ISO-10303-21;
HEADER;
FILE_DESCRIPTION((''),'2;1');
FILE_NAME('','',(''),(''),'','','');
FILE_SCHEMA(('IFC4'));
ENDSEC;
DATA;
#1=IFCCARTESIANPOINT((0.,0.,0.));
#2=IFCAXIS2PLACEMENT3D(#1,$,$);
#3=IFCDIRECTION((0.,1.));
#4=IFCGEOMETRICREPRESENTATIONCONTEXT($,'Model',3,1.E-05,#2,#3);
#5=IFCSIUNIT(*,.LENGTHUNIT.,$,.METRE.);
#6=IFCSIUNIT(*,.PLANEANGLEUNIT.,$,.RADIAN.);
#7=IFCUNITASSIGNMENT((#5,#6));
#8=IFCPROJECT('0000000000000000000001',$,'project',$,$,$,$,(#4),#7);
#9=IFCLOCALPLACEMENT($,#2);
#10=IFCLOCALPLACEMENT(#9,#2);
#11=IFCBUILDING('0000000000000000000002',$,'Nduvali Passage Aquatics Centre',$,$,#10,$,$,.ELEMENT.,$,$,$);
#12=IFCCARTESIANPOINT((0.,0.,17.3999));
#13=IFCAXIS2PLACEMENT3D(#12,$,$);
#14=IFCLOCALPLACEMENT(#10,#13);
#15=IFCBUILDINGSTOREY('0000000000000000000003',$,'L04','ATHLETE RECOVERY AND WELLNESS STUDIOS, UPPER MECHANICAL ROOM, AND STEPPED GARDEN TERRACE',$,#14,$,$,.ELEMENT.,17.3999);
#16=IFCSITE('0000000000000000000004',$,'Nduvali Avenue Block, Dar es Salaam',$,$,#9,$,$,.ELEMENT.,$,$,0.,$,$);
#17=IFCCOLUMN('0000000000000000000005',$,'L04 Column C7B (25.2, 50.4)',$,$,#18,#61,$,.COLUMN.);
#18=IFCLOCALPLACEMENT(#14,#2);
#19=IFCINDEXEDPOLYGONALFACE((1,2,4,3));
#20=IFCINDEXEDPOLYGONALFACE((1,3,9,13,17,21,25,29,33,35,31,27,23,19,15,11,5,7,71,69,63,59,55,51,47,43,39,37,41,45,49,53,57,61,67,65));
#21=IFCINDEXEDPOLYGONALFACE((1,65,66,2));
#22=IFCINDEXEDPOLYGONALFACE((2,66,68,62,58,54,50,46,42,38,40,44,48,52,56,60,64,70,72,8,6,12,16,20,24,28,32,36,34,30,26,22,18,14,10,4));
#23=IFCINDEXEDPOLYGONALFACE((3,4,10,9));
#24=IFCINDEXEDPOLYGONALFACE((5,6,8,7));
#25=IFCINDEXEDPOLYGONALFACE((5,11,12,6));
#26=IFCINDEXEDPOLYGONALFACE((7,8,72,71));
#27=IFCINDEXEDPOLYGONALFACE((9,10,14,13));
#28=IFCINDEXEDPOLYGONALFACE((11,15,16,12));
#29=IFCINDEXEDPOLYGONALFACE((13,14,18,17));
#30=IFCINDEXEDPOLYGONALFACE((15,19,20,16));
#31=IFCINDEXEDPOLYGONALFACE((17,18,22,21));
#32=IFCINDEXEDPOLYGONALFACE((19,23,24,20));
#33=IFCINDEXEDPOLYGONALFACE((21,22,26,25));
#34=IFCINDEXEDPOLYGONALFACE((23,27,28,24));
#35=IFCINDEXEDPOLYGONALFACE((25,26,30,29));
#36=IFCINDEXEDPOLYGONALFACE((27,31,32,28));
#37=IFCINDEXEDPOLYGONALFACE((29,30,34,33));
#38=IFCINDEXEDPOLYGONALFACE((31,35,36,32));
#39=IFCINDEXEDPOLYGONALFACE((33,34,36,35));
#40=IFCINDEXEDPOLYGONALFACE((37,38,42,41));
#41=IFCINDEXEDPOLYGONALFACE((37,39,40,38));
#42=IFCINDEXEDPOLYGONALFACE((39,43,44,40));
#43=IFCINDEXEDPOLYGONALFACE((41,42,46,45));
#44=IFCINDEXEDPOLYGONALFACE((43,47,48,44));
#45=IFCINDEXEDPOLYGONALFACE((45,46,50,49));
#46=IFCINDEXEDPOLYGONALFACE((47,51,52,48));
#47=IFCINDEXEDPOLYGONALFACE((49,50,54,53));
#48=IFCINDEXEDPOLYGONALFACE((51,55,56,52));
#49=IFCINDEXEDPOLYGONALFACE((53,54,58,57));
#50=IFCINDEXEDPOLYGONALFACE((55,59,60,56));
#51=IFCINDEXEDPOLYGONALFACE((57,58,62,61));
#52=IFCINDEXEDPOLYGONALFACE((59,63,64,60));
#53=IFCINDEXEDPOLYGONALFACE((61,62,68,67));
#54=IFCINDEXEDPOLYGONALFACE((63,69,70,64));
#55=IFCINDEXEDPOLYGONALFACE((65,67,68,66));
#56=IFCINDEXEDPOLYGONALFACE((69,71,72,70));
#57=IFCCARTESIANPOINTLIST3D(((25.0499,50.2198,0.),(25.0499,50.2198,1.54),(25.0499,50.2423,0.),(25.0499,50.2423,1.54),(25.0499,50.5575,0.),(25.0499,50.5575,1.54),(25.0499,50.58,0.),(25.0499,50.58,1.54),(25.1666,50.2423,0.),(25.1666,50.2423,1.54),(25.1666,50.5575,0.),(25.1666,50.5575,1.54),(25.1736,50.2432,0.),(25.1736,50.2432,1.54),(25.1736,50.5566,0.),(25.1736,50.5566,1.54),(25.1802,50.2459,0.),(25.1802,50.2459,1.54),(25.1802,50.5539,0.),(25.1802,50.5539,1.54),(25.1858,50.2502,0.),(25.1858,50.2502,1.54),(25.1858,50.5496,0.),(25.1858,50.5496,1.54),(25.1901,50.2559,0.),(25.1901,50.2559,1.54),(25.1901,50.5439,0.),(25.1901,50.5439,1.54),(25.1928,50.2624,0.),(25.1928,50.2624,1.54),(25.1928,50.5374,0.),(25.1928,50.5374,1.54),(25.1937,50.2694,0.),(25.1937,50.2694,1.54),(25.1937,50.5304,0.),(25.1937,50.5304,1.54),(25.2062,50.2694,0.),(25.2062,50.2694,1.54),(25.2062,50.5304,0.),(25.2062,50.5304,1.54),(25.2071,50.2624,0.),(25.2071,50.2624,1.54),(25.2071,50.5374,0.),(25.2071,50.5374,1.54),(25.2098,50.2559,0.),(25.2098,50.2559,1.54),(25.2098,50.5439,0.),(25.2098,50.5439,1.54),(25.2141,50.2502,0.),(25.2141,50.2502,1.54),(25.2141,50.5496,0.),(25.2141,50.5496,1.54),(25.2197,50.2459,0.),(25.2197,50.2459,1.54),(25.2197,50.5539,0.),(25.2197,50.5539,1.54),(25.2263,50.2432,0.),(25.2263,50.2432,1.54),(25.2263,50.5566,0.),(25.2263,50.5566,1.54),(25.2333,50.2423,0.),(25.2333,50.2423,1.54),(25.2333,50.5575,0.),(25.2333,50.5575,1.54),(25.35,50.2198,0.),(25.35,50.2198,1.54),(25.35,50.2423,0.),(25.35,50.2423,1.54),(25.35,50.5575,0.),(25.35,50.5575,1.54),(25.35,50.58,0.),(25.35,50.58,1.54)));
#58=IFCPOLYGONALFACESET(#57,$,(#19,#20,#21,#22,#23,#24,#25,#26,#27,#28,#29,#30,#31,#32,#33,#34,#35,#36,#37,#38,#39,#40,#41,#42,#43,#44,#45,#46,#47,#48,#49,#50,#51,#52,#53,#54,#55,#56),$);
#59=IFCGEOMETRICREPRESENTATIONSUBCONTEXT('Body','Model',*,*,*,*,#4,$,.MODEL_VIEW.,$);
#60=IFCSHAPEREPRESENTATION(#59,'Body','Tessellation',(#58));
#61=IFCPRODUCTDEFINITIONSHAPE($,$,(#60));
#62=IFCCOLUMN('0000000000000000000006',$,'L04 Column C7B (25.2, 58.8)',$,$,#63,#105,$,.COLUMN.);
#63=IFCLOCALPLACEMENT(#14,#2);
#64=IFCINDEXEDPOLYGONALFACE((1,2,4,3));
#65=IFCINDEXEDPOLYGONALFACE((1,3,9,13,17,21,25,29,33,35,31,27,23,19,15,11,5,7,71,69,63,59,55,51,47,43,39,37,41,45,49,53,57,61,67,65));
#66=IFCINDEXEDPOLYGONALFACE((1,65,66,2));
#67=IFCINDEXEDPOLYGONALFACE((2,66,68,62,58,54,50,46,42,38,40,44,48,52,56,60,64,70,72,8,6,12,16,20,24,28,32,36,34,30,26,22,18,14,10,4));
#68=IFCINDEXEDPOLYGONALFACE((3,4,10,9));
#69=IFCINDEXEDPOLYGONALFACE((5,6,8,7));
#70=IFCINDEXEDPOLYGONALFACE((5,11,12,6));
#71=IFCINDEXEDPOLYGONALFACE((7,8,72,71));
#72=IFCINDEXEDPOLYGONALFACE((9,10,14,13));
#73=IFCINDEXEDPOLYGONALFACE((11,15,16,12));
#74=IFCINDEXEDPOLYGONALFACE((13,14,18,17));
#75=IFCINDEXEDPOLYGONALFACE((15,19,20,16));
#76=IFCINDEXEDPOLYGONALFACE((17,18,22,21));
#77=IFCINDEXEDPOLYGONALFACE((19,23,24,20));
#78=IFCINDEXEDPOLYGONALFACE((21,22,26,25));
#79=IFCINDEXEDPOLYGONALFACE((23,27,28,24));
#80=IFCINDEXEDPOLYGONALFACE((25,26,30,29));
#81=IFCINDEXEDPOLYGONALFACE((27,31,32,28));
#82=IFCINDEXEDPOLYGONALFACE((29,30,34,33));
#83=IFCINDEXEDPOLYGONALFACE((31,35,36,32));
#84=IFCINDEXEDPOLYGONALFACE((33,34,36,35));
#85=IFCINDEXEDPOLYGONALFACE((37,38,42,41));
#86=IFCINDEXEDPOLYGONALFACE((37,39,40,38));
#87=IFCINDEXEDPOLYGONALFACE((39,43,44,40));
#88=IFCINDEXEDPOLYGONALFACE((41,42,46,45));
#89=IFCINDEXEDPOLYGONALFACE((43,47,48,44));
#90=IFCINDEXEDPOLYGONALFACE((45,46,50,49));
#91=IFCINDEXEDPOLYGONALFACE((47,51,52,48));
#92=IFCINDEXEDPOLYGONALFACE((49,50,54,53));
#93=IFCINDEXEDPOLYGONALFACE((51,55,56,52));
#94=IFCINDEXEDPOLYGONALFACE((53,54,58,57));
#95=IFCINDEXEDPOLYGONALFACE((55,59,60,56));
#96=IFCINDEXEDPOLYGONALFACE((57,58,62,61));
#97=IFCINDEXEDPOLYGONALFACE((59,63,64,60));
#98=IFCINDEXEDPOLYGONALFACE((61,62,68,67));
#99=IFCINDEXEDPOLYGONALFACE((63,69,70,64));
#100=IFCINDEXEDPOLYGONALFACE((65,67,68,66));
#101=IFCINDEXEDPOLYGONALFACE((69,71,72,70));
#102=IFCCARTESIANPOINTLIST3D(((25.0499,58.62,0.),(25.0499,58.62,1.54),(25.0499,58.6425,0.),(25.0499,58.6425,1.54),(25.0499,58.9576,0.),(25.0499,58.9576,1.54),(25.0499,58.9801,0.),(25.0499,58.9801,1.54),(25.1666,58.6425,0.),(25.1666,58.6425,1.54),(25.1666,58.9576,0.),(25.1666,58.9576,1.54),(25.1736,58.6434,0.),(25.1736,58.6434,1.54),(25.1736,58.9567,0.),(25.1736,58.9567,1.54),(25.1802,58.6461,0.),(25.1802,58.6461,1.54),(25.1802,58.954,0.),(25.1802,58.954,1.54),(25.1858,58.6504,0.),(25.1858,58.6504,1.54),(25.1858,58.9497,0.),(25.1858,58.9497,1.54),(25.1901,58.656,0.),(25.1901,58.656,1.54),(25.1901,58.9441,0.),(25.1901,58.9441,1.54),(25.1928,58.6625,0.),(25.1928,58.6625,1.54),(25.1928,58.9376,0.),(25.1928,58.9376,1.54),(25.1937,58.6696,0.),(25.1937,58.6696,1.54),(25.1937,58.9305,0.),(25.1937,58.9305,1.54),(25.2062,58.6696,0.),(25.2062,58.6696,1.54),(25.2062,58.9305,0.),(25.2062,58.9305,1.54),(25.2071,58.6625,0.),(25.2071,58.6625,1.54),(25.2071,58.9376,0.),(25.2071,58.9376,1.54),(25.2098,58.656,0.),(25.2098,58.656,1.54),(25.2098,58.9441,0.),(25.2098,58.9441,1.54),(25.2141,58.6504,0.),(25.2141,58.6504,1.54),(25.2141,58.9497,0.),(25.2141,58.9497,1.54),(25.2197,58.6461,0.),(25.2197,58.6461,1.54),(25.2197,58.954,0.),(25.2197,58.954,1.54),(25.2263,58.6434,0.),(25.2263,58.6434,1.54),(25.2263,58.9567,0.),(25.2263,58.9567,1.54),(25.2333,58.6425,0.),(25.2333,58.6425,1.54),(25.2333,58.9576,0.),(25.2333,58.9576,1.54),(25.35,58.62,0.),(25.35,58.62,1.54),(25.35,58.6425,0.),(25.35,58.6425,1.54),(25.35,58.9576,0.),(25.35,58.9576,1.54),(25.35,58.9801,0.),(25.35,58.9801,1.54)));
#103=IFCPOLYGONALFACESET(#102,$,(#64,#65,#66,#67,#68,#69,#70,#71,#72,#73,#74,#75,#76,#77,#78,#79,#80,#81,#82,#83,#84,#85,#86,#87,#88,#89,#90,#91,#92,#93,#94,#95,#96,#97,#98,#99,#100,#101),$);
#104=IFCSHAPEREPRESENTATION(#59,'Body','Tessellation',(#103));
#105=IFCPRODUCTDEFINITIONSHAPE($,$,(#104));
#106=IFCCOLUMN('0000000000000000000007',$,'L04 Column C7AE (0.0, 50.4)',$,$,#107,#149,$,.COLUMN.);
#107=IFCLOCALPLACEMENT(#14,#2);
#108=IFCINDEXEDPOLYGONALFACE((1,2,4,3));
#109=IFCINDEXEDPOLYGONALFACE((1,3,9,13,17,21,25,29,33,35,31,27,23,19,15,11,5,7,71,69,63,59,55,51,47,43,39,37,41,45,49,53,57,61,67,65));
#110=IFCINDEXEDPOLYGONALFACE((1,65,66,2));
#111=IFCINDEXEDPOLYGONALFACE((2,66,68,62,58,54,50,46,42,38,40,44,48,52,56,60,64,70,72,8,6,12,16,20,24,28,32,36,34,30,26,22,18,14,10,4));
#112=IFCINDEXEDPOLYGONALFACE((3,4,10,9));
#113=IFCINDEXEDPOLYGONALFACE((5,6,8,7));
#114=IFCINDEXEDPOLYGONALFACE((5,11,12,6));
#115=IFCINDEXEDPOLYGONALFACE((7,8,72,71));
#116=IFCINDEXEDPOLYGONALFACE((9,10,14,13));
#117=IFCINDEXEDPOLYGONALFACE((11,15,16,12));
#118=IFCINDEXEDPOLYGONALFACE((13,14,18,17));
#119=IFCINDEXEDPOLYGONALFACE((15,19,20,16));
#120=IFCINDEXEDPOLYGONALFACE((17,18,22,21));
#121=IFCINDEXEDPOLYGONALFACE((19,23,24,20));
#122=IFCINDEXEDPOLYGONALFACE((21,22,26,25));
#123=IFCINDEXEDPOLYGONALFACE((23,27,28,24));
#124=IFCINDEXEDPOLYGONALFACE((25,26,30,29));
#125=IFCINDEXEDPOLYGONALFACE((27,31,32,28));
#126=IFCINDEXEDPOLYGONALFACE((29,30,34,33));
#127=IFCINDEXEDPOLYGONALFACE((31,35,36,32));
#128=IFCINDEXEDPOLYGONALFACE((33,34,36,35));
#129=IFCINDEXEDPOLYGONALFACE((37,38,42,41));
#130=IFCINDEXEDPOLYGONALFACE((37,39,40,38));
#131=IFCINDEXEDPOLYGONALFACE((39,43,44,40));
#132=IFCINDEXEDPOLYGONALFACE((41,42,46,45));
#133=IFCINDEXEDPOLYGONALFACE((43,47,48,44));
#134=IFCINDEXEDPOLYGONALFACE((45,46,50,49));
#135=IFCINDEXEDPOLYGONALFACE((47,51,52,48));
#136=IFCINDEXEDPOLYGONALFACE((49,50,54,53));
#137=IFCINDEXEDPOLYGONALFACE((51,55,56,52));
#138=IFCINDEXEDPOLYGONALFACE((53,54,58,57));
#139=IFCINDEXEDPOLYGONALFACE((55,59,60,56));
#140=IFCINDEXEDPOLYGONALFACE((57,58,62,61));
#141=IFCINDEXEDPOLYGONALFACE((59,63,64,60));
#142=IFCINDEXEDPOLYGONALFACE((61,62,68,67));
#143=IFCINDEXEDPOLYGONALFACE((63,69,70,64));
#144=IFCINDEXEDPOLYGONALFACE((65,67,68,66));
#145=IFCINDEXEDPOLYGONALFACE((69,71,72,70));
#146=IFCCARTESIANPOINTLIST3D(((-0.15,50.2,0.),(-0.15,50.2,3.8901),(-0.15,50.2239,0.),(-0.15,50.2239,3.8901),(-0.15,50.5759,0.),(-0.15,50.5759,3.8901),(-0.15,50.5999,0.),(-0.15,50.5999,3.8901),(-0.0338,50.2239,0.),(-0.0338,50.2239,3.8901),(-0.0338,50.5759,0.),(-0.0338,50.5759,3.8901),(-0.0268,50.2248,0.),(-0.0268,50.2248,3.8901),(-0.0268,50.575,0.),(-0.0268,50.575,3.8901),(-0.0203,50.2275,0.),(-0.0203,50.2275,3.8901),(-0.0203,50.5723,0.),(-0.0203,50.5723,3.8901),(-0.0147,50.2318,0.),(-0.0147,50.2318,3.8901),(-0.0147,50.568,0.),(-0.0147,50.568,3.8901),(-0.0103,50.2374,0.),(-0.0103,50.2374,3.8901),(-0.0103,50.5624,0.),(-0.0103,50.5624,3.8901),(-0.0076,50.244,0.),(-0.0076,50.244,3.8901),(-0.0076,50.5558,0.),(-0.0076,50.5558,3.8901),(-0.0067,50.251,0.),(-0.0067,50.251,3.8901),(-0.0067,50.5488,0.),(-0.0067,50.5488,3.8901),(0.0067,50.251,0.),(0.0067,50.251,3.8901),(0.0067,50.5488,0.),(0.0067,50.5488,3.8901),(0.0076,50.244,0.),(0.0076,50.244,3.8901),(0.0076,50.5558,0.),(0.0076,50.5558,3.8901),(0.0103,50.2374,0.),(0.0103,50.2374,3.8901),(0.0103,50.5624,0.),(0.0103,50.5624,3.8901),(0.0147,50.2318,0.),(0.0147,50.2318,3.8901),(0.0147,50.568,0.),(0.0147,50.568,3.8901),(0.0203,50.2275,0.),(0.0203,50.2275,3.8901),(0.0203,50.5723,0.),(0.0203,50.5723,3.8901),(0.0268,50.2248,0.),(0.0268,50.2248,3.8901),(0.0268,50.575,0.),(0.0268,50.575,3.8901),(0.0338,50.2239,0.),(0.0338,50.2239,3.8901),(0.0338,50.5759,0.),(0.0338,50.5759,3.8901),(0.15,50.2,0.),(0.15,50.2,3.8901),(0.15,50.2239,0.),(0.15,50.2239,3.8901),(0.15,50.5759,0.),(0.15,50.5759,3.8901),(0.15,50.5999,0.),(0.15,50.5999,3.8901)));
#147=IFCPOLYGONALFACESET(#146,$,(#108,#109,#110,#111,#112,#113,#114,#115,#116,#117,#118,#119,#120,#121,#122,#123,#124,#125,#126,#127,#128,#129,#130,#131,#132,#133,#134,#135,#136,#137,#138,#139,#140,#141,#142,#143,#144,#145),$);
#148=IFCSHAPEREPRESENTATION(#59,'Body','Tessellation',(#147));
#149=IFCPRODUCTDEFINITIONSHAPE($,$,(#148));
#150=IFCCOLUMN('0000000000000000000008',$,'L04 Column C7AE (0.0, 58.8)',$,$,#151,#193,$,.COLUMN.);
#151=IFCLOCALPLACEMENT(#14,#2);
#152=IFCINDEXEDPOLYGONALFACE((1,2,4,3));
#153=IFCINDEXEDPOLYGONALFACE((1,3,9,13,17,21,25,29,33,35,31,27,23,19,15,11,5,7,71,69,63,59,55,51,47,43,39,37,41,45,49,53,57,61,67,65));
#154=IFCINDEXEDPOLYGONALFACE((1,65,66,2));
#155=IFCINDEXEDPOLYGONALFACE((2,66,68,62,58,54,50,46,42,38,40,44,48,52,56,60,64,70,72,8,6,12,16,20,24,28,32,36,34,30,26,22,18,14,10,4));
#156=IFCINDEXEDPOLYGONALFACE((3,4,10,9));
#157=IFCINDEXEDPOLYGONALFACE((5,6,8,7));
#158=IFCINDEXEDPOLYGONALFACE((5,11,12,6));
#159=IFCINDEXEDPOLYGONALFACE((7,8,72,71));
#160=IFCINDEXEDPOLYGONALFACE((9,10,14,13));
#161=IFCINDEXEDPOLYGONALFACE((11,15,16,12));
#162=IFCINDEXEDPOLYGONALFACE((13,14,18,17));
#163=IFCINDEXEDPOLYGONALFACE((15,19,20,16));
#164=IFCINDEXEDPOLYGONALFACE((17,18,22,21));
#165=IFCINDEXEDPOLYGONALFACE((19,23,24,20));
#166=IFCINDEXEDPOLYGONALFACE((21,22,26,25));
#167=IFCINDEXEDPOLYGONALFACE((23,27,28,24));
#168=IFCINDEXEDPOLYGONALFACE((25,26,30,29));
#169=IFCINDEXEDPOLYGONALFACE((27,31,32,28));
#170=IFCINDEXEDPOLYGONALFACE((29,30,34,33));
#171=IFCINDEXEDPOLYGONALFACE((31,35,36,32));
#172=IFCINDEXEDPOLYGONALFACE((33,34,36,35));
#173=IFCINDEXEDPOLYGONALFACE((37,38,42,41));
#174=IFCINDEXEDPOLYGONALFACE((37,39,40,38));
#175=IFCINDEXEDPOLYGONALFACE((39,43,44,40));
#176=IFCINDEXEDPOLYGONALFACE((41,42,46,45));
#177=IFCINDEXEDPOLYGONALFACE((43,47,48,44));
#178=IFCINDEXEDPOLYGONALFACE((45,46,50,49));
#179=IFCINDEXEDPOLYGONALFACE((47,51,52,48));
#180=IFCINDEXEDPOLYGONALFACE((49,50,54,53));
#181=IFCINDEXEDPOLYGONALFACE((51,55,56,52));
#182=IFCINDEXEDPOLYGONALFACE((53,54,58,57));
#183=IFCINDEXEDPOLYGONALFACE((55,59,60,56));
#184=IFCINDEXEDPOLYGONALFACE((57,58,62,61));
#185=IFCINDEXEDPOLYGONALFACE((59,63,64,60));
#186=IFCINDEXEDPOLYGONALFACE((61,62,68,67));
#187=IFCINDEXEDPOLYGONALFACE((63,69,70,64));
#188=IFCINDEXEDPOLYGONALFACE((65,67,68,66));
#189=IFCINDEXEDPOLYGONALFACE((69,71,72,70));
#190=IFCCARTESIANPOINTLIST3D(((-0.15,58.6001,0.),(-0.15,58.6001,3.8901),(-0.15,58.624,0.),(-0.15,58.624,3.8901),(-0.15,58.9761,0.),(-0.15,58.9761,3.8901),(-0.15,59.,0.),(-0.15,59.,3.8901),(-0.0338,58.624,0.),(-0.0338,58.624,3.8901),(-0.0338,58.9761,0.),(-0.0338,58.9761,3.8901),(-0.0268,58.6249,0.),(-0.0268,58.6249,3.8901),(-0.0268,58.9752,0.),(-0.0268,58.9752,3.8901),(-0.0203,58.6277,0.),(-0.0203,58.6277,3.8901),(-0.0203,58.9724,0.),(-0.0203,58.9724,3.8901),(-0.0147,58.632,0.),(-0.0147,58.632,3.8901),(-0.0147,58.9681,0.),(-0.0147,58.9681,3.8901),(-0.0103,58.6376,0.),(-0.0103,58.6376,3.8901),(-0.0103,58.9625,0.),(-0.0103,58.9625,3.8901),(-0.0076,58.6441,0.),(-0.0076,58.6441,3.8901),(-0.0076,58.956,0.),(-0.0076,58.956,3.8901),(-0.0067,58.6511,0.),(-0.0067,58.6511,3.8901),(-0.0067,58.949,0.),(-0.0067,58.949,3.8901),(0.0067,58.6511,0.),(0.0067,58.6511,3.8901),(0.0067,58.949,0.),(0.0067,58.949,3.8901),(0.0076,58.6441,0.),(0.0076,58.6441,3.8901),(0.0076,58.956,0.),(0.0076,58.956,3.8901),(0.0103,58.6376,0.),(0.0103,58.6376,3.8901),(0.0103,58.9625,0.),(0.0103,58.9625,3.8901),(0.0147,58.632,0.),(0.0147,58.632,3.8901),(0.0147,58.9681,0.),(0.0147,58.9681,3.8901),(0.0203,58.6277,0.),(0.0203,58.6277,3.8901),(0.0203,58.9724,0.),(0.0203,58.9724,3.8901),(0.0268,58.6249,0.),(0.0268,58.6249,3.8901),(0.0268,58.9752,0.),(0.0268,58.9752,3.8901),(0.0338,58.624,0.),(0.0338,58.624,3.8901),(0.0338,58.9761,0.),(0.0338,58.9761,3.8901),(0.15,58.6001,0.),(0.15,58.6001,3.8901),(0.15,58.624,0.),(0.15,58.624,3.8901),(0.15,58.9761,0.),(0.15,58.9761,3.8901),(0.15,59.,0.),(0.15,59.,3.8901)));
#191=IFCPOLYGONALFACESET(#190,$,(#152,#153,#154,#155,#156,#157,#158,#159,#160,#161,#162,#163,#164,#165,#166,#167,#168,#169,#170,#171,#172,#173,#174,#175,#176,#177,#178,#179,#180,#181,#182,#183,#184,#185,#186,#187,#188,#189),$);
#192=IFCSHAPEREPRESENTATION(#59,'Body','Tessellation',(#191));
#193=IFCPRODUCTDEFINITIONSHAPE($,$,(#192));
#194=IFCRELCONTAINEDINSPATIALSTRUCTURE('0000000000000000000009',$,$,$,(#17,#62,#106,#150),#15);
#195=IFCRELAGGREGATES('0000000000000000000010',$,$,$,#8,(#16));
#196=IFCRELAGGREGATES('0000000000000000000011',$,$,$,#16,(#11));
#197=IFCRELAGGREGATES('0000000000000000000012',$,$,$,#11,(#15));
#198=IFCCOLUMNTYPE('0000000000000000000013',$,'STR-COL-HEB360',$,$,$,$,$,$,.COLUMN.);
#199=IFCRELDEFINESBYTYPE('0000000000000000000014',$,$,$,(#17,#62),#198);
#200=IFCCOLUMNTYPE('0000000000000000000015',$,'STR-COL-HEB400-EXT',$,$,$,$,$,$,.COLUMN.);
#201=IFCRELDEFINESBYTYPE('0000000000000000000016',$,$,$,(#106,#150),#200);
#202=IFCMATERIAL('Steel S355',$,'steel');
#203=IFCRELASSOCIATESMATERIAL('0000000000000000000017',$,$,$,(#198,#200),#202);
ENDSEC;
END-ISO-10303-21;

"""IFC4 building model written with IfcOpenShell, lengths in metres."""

from ifc_helpers import new_model, si_unit, direction, frame, origin, origin_2d, place, context, subcontext, project, spatial, i_section, extrude, material, material_profile, profile_set, type_object, element, save


model = new_model("IFC4")

# Units and contexts
model_context = context("Model", 3, precision=1e-05, world=origin(), true_north=direction((0.0, 1.0)))
body_context = subcontext(model_context, "Body", "Model", "MODEL_VIEW")
ifc_project = project(units=[si_unit("LENGTHUNIT", "METRE"), si_unit("PLANEANGLEUNIT", "RADIAN")], contexts=[model_context])

# Site, building, storey
site_placement = place(None, origin())
site = spatial("IfcSite", under=ifc_project, at=site_placement, Name="Nduvali Avenue Block, Dar es Salaam", CompositionType="ELEMENT", RefElevation=0.0)
building_placement = place(site_placement, origin())
building = spatial("IfcBuilding", under=site, at=building_placement, Name="Nduvali Passage Aquatics Centre", CompositionType="ELEMENT")
storey_placement = place(building_placement, frame((0.0, 0.0, 17.3999)))
storey = spatial("IfcBuildingStorey", under=building, at=storey_placement, Name="L04", Description="ATHLETE RECOVERY AND WELLNESS STUDIOS, UPPER MECHANICAL ROOM, AND STEPPED GARDEN TERRACE", CompositionType="ELEMENT", Elevation=17.3999)

# Columns
ifc_material_1 = material(Name="Steel S355", Category="steel")
ifc_material_profile_1 = material_profile(ifc_material_1, i_section(OverallWidth=0.3, OverallDepth=0.3601, WebThickness=0.0125, FlangeThickness=0.0225, FilletRadius=0.0271, at=origin_2d()), Name="HEB 360")
ifc_profile_set_1 = profile_set([ifc_material_profile_1], Name="Steel S355")
column_type_1 = type_object("IfcColumnType", Name="STR-COL-HEB360", PredefinedType="COLUMN", material=ifc_profile_set_1)
for number, where, z_axis, x_axis, name in (
    (1, (25.2, 50.3999, 0.0), (0.0, 0.0, 1.0), (1.0, 0.0, 0.0), "L04 Column C7B (25.2, 50.4)"),
    (2, (25.2, 58.8, 0.0), (0.0, 0.0, 1.0), (1.0, 0.0, 0.0), "L04 Column C7B (25.2, 58.8)"),
):
    element("IfcColumn", number, at=place(storey_placement, frame(where, z_axis=z_axis, x_axis=x_axis)), inside=storey, type_object=column_type_1, Name=name, PredefinedType="COLUMN", context=body_context, shape_type="SweptSolid", body=[
        extrude(i_section(OverallWidth=0.3, OverallDepth=0.3601, WebThickness=0.0125, FlangeThickness=0.0225, FilletRadius=0.0271, at=origin_2d()), origin(), (0.0, 0.0, 1.0), 1.54),
    ])
ifc_material_profile_2 = material_profile(ifc_material_1, i_section(OverallWidth=0.3, OverallDepth=0.3999, WebThickness=0.0134, FlangeThickness=0.0239, FilletRadius=0.0271, at=origin_2d()), Name="HEB 400")
ifc_profile_set_2 = profile_set([ifc_material_profile_2], Name="Steel S355")
column_type_2 = type_object("IfcColumnType", Name="STR-COL-HEB400-EXT", PredefinedType="COLUMN", material=ifc_profile_set_2)
for number, where, z_axis, x_axis, name in (
    (3, (0.0, 50.3999, 0.0), (0.0, 0.0, 1.0), (1.0, 0.0, 0.0), "L04 Column C7AE (0.0, 50.4)"),
    (4, (0.0, 58.8, 0.0), (0.0, 0.0, 1.0), (1.0, 0.0, 0.0), "L04 Column C7AE (0.0, 58.8)"),
):
    element("IfcColumn", number, at=place(storey_placement, frame(where, z_axis=z_axis, x_axis=x_axis)), inside=storey, type_object=column_type_2, Name=name, PredefinedType="COLUMN", context=body_context, shape_type="SweptSolid", body=[
        extrude(i_section(OverallWidth=0.3, OverallDepth=0.3999, WebThickness=0.0134, FlangeThickness=0.0239, FilletRadius=0.0271, at=origin_2d()), origin(), (0.0, 0.0, 1.0), 3.8901),
    ])

save(model, "model.ifc")
